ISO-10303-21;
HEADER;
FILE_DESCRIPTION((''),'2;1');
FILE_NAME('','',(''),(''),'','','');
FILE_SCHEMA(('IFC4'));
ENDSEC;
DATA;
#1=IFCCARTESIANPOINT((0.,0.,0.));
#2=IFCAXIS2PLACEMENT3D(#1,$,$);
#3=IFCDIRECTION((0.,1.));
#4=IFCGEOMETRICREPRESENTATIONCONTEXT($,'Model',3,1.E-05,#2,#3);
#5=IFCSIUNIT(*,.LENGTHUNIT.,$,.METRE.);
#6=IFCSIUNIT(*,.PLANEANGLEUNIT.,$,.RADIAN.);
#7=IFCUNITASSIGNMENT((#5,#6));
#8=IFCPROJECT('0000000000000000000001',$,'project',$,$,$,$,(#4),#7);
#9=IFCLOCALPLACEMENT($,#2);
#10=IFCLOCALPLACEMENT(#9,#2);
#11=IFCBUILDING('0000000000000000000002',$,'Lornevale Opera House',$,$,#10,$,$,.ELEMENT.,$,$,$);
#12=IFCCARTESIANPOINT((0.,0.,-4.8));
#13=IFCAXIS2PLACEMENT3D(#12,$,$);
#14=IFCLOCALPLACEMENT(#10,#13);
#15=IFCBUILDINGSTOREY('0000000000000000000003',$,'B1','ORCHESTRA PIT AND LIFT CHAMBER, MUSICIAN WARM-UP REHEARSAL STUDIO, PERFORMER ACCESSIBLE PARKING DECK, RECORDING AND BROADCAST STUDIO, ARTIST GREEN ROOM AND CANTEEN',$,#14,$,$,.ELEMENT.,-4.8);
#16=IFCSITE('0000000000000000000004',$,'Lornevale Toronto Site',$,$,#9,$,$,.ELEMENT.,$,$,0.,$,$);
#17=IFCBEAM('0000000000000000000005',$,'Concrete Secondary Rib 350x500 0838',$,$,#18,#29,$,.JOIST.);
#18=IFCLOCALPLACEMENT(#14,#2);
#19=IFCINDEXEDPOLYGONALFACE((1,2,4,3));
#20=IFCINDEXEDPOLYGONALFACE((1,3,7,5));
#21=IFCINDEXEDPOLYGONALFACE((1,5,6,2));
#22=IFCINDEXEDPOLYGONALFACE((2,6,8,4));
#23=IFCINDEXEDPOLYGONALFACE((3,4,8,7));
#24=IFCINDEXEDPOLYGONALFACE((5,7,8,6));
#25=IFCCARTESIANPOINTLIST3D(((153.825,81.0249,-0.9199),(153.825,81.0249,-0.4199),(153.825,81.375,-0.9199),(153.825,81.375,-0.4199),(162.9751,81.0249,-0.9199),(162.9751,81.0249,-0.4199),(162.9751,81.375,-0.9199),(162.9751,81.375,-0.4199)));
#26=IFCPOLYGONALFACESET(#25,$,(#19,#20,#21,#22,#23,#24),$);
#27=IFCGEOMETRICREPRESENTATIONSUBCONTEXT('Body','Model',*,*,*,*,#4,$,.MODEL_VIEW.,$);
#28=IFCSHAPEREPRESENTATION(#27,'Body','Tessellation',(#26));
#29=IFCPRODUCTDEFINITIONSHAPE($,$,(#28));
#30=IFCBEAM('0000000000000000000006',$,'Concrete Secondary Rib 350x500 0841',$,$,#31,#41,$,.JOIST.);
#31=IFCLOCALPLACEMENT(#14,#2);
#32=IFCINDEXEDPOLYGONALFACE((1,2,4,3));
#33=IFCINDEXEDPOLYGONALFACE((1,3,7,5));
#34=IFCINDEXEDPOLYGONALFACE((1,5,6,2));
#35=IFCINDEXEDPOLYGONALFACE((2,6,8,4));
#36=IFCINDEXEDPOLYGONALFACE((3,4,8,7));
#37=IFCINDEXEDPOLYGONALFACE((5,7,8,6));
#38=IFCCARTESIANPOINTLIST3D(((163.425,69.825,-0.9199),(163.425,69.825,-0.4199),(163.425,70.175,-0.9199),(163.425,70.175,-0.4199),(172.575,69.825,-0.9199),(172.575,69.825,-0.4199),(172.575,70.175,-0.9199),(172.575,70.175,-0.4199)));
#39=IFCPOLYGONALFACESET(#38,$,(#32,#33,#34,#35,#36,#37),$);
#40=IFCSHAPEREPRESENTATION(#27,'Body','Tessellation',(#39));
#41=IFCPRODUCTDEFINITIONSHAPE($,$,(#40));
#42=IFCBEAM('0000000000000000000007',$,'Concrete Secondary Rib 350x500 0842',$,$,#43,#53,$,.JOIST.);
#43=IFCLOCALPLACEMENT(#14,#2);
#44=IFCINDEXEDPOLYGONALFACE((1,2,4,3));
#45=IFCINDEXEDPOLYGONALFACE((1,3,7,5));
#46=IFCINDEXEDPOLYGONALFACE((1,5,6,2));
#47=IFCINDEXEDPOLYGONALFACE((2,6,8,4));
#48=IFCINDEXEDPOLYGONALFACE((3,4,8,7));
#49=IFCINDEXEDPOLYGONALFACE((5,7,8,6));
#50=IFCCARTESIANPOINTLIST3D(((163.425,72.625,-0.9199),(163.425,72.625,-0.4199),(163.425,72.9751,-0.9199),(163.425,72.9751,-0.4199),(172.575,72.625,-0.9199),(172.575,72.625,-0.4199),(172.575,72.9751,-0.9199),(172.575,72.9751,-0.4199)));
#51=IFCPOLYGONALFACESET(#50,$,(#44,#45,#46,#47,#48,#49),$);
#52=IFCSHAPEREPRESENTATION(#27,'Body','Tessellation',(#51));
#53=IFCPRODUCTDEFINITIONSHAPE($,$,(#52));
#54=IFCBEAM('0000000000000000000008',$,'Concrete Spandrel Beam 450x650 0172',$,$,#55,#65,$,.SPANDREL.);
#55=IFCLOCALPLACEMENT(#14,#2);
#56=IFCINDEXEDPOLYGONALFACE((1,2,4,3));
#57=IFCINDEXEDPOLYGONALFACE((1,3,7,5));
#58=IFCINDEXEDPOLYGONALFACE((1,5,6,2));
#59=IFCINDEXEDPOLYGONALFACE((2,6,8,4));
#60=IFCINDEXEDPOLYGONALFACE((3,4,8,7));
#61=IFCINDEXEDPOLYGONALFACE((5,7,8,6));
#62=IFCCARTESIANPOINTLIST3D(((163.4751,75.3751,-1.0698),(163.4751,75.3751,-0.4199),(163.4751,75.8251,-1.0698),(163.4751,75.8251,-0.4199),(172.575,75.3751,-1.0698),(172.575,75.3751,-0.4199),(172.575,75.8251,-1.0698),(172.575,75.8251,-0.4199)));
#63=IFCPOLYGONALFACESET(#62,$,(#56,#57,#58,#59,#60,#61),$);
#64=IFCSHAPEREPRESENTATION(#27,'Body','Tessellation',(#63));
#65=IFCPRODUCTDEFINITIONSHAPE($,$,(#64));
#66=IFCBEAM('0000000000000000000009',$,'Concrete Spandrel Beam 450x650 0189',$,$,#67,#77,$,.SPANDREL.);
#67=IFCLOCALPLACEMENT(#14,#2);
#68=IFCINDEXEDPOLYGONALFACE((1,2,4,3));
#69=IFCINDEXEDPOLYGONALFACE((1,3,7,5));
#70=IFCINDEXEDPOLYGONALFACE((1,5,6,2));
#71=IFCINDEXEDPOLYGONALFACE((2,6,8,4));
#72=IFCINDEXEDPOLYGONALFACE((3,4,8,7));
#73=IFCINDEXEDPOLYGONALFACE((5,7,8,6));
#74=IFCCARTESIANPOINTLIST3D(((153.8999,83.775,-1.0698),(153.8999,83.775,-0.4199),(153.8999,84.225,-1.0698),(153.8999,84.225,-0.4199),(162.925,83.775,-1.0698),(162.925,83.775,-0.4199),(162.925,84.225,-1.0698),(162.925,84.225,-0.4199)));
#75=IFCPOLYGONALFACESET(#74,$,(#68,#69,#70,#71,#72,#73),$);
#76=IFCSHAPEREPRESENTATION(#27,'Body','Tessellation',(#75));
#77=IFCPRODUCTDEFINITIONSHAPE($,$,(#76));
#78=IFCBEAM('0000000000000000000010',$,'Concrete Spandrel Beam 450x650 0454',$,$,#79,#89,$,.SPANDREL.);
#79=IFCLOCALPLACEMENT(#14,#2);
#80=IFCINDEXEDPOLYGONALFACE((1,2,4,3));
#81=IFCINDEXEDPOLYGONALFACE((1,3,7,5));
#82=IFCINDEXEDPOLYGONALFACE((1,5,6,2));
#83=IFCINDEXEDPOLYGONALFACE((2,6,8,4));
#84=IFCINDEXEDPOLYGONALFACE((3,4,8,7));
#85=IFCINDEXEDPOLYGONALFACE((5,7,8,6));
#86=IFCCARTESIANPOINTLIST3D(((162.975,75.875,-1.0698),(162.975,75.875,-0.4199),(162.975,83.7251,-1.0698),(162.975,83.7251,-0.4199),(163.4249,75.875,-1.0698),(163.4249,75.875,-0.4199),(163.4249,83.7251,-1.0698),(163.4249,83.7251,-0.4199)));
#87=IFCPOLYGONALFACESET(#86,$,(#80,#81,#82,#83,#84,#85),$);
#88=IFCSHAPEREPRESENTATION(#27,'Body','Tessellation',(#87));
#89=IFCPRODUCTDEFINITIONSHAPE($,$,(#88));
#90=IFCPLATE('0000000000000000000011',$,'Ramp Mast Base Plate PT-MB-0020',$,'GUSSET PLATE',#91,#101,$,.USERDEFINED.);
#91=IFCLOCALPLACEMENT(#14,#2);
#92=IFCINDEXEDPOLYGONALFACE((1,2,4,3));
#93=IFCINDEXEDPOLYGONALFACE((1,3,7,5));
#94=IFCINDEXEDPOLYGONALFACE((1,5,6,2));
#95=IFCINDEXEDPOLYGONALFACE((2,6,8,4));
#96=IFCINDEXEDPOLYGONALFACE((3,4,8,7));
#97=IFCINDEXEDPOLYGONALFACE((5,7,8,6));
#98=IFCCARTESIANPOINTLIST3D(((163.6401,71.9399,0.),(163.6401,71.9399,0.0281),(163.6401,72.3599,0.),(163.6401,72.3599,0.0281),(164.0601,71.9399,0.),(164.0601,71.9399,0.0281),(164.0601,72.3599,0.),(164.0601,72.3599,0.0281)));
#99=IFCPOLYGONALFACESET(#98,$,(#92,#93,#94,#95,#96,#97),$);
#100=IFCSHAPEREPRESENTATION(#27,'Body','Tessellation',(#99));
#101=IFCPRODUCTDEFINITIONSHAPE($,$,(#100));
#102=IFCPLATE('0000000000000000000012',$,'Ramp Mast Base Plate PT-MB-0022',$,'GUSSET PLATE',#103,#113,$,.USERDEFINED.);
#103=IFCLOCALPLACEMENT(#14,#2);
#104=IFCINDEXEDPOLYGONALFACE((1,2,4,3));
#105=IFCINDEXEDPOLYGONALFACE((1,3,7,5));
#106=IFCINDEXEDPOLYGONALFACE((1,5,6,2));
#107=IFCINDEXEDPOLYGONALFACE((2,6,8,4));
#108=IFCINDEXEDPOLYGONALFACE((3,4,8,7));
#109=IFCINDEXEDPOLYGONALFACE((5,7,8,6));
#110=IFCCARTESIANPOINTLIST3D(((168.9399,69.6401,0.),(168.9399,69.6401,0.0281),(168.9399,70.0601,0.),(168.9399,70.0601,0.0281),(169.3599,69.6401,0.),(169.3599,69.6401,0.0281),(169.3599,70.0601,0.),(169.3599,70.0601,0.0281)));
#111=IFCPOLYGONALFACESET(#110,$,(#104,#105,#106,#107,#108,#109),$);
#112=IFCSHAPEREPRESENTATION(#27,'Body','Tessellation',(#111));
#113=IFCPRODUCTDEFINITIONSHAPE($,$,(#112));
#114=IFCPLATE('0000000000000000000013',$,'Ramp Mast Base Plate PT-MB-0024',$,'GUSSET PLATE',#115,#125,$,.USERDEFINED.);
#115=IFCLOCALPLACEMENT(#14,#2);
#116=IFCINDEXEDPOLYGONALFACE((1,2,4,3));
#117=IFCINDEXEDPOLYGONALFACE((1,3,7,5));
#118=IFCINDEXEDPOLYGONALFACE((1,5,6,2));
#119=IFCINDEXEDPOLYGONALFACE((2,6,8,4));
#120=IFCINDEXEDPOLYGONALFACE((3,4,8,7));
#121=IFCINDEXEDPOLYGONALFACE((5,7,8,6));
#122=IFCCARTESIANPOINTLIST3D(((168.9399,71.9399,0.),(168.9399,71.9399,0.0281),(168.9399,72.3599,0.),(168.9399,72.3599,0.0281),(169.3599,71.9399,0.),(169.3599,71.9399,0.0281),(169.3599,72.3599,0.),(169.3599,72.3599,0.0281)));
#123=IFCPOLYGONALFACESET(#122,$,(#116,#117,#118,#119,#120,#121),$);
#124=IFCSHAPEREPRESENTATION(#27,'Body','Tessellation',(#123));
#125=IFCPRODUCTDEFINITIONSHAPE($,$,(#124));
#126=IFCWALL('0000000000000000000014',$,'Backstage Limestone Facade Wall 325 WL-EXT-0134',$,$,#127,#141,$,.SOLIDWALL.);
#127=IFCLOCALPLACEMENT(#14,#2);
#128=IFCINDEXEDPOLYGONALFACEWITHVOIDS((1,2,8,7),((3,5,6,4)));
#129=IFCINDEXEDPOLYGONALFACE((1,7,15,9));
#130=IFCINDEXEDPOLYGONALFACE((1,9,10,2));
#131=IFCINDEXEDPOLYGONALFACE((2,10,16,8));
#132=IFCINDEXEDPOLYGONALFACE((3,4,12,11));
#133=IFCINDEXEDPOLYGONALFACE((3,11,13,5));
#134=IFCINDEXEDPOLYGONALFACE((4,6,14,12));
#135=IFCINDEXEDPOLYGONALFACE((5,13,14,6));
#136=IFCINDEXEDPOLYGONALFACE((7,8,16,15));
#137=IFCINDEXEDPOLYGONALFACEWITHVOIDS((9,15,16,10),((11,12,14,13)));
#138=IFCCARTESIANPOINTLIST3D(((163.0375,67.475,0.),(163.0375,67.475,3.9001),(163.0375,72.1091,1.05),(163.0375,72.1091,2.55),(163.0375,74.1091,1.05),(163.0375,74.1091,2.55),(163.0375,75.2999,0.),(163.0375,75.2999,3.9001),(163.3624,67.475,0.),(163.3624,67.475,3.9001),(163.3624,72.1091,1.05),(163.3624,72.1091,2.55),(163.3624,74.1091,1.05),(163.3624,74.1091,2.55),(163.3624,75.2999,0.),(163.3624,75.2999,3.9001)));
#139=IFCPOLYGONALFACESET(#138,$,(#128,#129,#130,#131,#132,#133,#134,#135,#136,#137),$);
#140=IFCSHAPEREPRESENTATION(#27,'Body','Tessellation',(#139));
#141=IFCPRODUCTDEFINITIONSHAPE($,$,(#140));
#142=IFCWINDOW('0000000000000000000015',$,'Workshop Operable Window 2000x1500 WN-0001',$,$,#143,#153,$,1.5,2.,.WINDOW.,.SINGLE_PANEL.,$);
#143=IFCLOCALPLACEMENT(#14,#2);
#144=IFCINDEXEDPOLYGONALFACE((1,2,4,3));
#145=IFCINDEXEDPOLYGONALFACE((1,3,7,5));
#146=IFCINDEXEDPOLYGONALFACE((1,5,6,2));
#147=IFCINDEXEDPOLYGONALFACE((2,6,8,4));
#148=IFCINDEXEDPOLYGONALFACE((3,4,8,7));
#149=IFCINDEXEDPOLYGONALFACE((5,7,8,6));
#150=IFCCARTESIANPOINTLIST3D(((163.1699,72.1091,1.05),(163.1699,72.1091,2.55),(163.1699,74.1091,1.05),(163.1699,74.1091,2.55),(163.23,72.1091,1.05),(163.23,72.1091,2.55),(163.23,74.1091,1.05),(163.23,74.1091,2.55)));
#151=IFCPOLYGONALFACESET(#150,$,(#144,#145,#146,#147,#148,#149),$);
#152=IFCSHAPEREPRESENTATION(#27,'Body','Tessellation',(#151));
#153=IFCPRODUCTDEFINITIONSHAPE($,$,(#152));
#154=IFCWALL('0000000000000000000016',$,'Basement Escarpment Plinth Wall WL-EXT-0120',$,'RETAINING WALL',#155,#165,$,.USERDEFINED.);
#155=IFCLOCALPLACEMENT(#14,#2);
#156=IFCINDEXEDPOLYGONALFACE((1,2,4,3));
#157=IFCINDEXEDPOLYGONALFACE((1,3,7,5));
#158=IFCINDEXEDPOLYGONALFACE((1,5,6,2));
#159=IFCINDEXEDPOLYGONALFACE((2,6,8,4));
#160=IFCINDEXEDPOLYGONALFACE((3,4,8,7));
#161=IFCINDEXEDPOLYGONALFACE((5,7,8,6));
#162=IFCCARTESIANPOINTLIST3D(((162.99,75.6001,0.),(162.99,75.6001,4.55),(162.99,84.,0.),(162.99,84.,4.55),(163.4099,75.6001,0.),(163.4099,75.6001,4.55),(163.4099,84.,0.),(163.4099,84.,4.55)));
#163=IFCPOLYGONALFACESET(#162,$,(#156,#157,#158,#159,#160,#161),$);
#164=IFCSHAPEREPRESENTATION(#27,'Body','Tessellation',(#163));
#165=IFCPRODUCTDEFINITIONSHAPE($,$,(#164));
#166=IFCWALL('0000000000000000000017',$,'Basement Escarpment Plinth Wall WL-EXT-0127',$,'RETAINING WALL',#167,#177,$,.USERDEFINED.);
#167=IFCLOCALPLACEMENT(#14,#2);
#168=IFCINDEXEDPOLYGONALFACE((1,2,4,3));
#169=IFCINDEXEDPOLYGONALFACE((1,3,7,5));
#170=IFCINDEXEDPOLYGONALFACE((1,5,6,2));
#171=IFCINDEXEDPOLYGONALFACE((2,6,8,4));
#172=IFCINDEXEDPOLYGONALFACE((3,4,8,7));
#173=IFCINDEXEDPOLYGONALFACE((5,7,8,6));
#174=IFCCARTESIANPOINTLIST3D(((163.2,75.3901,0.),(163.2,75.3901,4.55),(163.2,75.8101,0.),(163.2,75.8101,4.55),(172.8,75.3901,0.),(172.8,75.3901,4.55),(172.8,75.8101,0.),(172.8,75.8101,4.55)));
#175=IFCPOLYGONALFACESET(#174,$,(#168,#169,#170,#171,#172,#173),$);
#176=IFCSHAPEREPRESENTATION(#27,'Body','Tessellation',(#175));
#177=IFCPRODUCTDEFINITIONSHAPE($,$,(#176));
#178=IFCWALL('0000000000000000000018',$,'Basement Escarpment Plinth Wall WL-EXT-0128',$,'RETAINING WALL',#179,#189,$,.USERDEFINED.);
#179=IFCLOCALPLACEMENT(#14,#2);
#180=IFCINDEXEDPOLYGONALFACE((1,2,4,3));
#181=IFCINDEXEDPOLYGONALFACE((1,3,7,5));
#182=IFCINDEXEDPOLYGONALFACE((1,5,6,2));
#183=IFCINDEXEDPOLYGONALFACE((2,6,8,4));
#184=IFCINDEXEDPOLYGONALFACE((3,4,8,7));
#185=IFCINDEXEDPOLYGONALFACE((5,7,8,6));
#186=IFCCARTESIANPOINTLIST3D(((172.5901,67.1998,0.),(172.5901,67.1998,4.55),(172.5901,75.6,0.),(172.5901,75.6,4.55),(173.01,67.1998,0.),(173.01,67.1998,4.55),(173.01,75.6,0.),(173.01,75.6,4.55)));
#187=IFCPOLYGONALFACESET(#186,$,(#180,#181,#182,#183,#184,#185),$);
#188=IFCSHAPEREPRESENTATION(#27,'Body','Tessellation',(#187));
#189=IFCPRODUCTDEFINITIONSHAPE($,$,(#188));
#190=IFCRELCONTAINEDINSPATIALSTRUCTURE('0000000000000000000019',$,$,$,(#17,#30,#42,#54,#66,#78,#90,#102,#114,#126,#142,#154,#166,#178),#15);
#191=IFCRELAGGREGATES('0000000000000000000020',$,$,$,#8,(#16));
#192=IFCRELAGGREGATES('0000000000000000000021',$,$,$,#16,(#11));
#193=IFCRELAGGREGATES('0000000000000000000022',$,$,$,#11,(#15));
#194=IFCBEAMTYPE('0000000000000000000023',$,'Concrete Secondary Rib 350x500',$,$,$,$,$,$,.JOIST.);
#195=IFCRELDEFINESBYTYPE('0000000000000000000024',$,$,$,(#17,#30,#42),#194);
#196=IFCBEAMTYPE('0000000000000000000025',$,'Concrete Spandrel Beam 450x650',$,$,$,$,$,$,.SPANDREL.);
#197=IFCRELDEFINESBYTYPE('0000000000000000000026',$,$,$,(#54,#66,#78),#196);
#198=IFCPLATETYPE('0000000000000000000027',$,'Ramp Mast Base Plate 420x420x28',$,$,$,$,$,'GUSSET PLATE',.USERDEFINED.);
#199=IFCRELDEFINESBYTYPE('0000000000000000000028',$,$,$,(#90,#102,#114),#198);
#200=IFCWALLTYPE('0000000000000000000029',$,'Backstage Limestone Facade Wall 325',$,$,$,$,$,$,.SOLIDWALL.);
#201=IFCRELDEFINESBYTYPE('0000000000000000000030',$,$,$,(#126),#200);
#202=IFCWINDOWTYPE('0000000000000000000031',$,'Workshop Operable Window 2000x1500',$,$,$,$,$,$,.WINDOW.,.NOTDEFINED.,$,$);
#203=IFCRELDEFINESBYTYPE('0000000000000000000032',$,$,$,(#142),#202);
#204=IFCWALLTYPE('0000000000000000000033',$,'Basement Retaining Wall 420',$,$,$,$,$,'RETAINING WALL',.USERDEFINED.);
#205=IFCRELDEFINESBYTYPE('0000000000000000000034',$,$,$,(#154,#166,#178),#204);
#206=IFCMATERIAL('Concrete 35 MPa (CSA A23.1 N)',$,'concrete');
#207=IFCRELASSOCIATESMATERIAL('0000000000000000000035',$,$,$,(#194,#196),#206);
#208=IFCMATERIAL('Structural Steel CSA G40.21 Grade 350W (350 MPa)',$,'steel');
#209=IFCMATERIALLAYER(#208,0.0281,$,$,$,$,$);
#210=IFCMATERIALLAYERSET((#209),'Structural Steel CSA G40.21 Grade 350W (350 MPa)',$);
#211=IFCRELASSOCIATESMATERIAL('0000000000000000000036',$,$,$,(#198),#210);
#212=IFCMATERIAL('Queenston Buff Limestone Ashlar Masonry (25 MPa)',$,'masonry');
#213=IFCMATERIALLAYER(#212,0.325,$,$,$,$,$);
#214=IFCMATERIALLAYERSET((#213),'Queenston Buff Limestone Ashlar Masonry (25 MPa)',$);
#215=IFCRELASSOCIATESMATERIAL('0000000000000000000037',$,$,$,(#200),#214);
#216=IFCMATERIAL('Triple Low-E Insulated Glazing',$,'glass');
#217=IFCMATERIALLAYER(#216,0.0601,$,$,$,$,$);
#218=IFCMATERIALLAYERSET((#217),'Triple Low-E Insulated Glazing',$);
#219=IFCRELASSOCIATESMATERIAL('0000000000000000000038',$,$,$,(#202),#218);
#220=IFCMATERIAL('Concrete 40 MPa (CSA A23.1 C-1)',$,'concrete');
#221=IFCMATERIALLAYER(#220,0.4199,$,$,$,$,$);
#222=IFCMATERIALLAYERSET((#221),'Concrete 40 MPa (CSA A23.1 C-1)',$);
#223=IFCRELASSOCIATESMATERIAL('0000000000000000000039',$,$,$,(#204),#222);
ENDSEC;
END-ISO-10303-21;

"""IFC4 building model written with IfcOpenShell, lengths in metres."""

from ifc_helpers import new_model, si_unit, direction, frame, frame_2d, origin, origin_2d, place, context, subcontext, project, spatial, rectangle, extrude, material, layer, layer_set, material_profile, profile_set, type_object, element, fill, save


model = new_model("IFC4")

# Units and contexts
model_context = context("Model", 3, precision=1e-05, world=origin(), true_north=direction((0.0, 1.0)))
body_context = subcontext(model_context, "Body", "Model", "MODEL_VIEW")
ifc_project = project(units=[si_unit("LENGTHUNIT", "METRE"), si_unit("PLANEANGLEUNIT", "RADIAN")], contexts=[model_context])

# Site, building, storey
site_placement = place(None, origin())
site = spatial("IfcSite", under=ifc_project, at=site_placement, Name="Lornevale Toronto Site", CompositionType="ELEMENT", RefElevation=0.0)
building_placement = place(site_placement, origin())
building = spatial("IfcBuilding", under=site, at=building_placement, Name="Lornevale Opera House", CompositionType="ELEMENT")
storey_placement = place(building_placement, frame((0.0, 0.0, -4.8)))
storey = spatial("IfcBuildingStorey", under=building, at=storey_placement, Name="B1", Description="ORCHESTRA PIT AND LIFT CHAMBER, MUSICIAN WARM-UP REHEARSAL STUDIO, PERFORMER ACCESSIBLE PARKING DECK, RECORDING AND BROADCAST STUDIO, ARTIST GREEN ROOM AND CANTEEN", CompositionType="ELEMENT", Elevation=-4.8)

# Shared definitions
ifc_material_1 = material(Name="Concrete 35 MPa (CSA A23.1 N)", Category="concrete")
ifc_material_2 = material(Name="Structural Steel CSA G40.21 Grade 350W (350 MPa)", Category="steel")

# Beams
ifc_material_3 = material(Name="Concrete 40 MPa (CSA A23.1 C-1)", Category="concrete")
ifc_material_profile_1 = material_profile(ifc_material_1, rectangle(XDim=0.3501, YDim=0.5, at=origin_2d()), Name="RC350x500")
ifc_profile_set_1 = profile_set([ifc_material_profile_1], Name="Concrete 35 MPa (CSA A23.1 N)")
beam_type_1 = type_object("IfcBeamType", Name="Concrete Secondary Rib 350x500", PredefinedType="JOIST", material=ifc_profile_set_1)
for number, where, z_axis, x_axis, name in (
    (1, (153.825, 81.2, -0.6699), (1.0, 0.0, 0.0), (0.0, 1.0, 0.0), "Concrete Secondary Rib 350x500 0838"),
):
    element("IfcBeam", number, at=place(storey_placement, frame(where, z_axis=z_axis, x_axis=x_axis)), inside=storey, type_object=beam_type_1, Name=name, PredefinedType="JOIST", context=body_context, shape_type="SweptSolid", body=[
        extrude(rectangle(XDim=0.3501, YDim=0.5, at=origin_2d()), origin(), (0.0, 0.0, 1.0), 9.1501),
    ])
for number, where, z_axis, x_axis, name in (
    (2, (163.425, 70.0, -0.6699), (1.0, 0.0, 0.0), (0.0, 1.0, 0.0), "Concrete Secondary Rib 350x500 0841"),
    (3, (163.425, 72.8, -0.6699), (1.0, 0.0, 0.0), (0.0, 1.0, 0.0), "Concrete Secondary Rib 350x500 0842"),
):
    element("IfcBeam", number, at=place(storey_placement, frame(where, z_axis=z_axis, x_axis=x_axis)), inside=storey, type_object=beam_type_1, Name=name, PredefinedType="JOIST", context=body_context, shape_type="SweptSolid", body=[
        extrude(rectangle(XDim=0.3501, YDim=0.5, at=origin_2d()), origin(), (0.0, 0.0, 1.0), 9.1499),
    ])
ifc_material_profile_2 = material_profile(ifc_material_1, rectangle(XDim=0.45, YDim=0.6499, at=origin_2d()), Name="RC450x650")
ifc_profile_set_2 = profile_set([ifc_material_profile_2], Name="Concrete 35 MPa (CSA A23.1 N)")
beam_type_2 = type_object("IfcBeamType", Name="Concrete Spandrel Beam 450x650", PredefinedType="SPANDREL", material=ifc_profile_set_2)
beam_1_placement = place(storey_placement, frame((163.4751, 75.6001, -0.7449), z_axis=(1.0, 0.0, 0.0), x_axis=(0.0, 1.0, 0.0)))
element("IfcBeam", 4, at=beam_1_placement, inside=storey, type_object=beam_type_2, Name="Concrete Spandrel Beam 450x650 0172", PredefinedType="SPANDREL", context=body_context, shape_type="SweptSolid", body=[
    extrude(rectangle(XDim=0.45, YDim=0.6499, at=origin_2d()), origin(), (0.0, 0.0, 1.0), 9.0999),
])
beam_2_placement = place(storey_placement, frame((153.8999, 84.0, -0.7449), z_axis=(1.0, 0.0, 0.0), x_axis=(0.0, 1.0, 0.0)))
element("IfcBeam", 5, at=beam_2_placement, inside=storey, type_object=beam_type_2, Name="Concrete Spandrel Beam 450x650 0189", PredefinedType="SPANDREL", context=body_context, shape_type="SweptSolid", body=[
    extrude(rectangle(XDim=0.45, YDim=0.6499, at=origin_2d()), origin(), (0.0, 0.0, 1.0), 9.0251),
])
beam_3_placement = place(storey_placement, frame((163.2, 75.875, -0.7449), z_axis=(0.0, 1.0, 0.0), x_axis=(-1.0, 0.0, 0.0)))
element("IfcBeam", 6, at=beam_3_placement, inside=storey, type_object=beam_type_2, Name="Concrete Spandrel Beam 450x650 0454", PredefinedType="SPANDREL", context=body_context, shape_type="SweptSolid", body=[
    extrude(rectangle(XDim=0.45, YDim=0.6499, at=origin_2d()), origin(), (0.0, 0.0, 1.0), 7.8501),
])

# Plates
ifc_layer_1 = layer(ifc_material_2, 0.0281)
ifc_layer_set_1 = layer_set([ifc_layer_1], Name="Structural Steel CSA G40.21 Grade 350W (350 MPa)")
plate_type = type_object("IfcPlateType", Name="Ramp Mast Base Plate 420x420x28", ElementType="GUSSET PLATE", PredefinedType="USERDEFINED", material=ifc_layer_set_1)
for number, where, z_axis, x_axis, name in (
    (7, (163.8501, 72.1499, 0.0), (0.0, 0.0, 1.0), (1.0, 0.0, 0.0), "Ramp Mast Base Plate PT-MB-0020"),
    (8, (169.1499, 69.8501, 0.0), (0.0, 0.0, 1.0), (1.0, 0.0, 0.0), "Ramp Mast Base Plate PT-MB-0022"),
    (9, (169.1499, 72.1499, 0.0), (0.0, 0.0, 1.0), (1.0, 0.0, 0.0), "Ramp Mast Base Plate PT-MB-0024"),
):
    element("IfcPlate", number, at=place(storey_placement, frame(where, z_axis=z_axis, x_axis=x_axis)), inside=storey, type_object=plate_type, Name=name, ObjectType="GUSSET PLATE", PredefinedType="USERDEFINED", context=body_context, shape_type="SweptSolid", body=[
        extrude(rectangle(XDim=0.4199, YDim=0.4199, at=origin_2d()), origin(), (0.0, 0.0, 1.0), 0.0281),
    ])

# Wall, opening, window
ifc_material_4 = material(Name="Queenston Buff Limestone Ashlar Masonry (25 MPa)", Category="masonry")
ifc_layer_2 = layer(ifc_material_4, 0.325)
ifc_layer_set_2 = layer_set([ifc_layer_2], Name="Queenston Buff Limestone Ashlar Masonry (25 MPa)")
wall_type_1 = type_object("IfcWallType", Name="Backstage Limestone Facade Wall 325", PredefinedType="SOLIDWALL", material=ifc_layer_set_2)
wall_1_placement = place(storey_placement, frame((163.2, 75.3, 0.0), z_axis=(0.0, 0.0, 1.0), x_axis=(0.0, -1.0, 0.0)))
wall_1 = element("IfcWall", 10, at=wall_1_placement, inside=storey, type_object=wall_type_1, Name="Backstage Limestone Facade Wall 325 WL-EXT-0134", PredefinedType="SOLIDWALL", context=body_context, shape_type="SweptSolid", body=[
    extrude(rectangle(XDim=7.825, YDim=0.325, at=frame_2d((3.9126, 0.0))), origin(), (0.0, 0.0, 1.0), 3.9001),
])
opening_placement = place(wall_1_placement, frame((1.1909, 0.0, 1.05)))
opening = element("IfcOpeningElement", 11, at=opening_placement, cuts=wall_1, PredefinedType="OPENING", context=body_context, shape_type="SweptSolid", body=[
    extrude(rectangle(XDim=2.0, YDim=1.5, at=frame_2d((1.0, 0.75))), frame((0.0, 0.1724, 0.0), z_axis=(0.0, -1.0, 0.0), x_axis=(1.0, 0.0, 0.0)), (0.0, 0.0, 1.0), 0.345),
])
ifc_material_5 = material(Name="Triple Low-E Insulated Glazing", Category="glass")
ifc_layer_3 = layer(ifc_material_5, 0.0601)
ifc_layer_set_3 = layer_set([ifc_layer_3], Name="Triple Low-E Insulated Glazing")
window_type = type_object("IfcWindowType", Name="Workshop Operable Window 2000x1500", PartitioningType="NOTDEFINED", PredefinedType="WINDOW", material=ifc_layer_set_3)
window_placement = place(opening_placement, origin())
window = element("IfcWindow", 12, at=window_placement, inside=storey, type_object=window_type, Name="Workshop Operable Window 2000x1500 WN-0001", OverallHeight=1.5, OverallWidth=2.0, PartitioningType="SINGLE_PANEL", PredefinedType="WINDOW", context=body_context, shape_type="SweptSolid", body=[
    extrude(rectangle(XDim=2.0, YDim=1.5, at=frame_2d((1.0, 0.75))), frame((0.0, 0.03, 0.0), z_axis=(0.0, -1.0, 0.0), x_axis=(1.0, 0.0, 0.0)), (0.0, 0.0, 1.0), 0.0601),
])
fill(opening, window)

# Walls
ifc_layer_4 = layer(ifc_material_3, 0.4199)
ifc_layer_set_4 = layer_set([ifc_layer_4], Name="Concrete 40 MPa (CSA A23.1 C-1)")
wall_type_2 = type_object("IfcWallType", Name="Basement Retaining Wall 420", ElementType="RETAINING WALL", PredefinedType="USERDEFINED", material=ifc_layer_set_4)
wall_2_placement = place(storey_placement, frame((163.2, 84.0, 0.0), z_axis=(0.0, 0.0, 1.0), x_axis=(0.0, -1.0, 0.0)))
element("IfcWall", 13, at=wall_2_placement, inside=storey, type_object=wall_type_2, Name="Basement Escarpment Plinth Wall WL-EXT-0120", ObjectType="RETAINING WALL", PredefinedType="USERDEFINED", context=body_context, shape_type="SweptSolid", body=[
    extrude(rectangle(XDim=8.3999, YDim=0.4199, at=frame_2d((4.2, 0.0))), origin(), (0.0, 0.0, 1.0), 4.55),
])
wall_3_placement = place(storey_placement, frame((163.2, 75.6001, 0.0), z_axis=(0.0, 0.0, 1.0), x_axis=(1.0, 0.0, 0.0)))
element("IfcWall", 14, at=wall_3_placement, inside=storey, type_object=wall_type_2, Name="Basement Escarpment Plinth Wall WL-EXT-0127", ObjectType="RETAINING WALL", PredefinedType="USERDEFINED", context=body_context, shape_type="SweptSolid", body=[
    extrude(rectangle(XDim=9.6001, YDim=0.4199, at=frame_2d((4.8, 0.0))), origin(), (0.0, 0.0, 1.0), 4.55),
])
wall_4_placement = place(storey_placement, frame((172.8, 75.6001, 0.0), z_axis=(0.0, 0.0, 1.0), x_axis=(0.0, -1.0, 0.0)))
element("IfcWall", 15, at=wall_4_placement, inside=storey, type_object=wall_type_2, Name="Basement Escarpment Plinth Wall WL-EXT-0128", ObjectType="RETAINING WALL", PredefinedType="USERDEFINED", context=body_context, shape_type="SweptSolid", body=[
    extrude(rectangle(XDim=8.4001, YDim=0.4199, at=frame_2d((4.2002, 0.0))), origin(), (0.0, 0.0, 1.0), 4.55),
])

save(model, "model.ifc")
